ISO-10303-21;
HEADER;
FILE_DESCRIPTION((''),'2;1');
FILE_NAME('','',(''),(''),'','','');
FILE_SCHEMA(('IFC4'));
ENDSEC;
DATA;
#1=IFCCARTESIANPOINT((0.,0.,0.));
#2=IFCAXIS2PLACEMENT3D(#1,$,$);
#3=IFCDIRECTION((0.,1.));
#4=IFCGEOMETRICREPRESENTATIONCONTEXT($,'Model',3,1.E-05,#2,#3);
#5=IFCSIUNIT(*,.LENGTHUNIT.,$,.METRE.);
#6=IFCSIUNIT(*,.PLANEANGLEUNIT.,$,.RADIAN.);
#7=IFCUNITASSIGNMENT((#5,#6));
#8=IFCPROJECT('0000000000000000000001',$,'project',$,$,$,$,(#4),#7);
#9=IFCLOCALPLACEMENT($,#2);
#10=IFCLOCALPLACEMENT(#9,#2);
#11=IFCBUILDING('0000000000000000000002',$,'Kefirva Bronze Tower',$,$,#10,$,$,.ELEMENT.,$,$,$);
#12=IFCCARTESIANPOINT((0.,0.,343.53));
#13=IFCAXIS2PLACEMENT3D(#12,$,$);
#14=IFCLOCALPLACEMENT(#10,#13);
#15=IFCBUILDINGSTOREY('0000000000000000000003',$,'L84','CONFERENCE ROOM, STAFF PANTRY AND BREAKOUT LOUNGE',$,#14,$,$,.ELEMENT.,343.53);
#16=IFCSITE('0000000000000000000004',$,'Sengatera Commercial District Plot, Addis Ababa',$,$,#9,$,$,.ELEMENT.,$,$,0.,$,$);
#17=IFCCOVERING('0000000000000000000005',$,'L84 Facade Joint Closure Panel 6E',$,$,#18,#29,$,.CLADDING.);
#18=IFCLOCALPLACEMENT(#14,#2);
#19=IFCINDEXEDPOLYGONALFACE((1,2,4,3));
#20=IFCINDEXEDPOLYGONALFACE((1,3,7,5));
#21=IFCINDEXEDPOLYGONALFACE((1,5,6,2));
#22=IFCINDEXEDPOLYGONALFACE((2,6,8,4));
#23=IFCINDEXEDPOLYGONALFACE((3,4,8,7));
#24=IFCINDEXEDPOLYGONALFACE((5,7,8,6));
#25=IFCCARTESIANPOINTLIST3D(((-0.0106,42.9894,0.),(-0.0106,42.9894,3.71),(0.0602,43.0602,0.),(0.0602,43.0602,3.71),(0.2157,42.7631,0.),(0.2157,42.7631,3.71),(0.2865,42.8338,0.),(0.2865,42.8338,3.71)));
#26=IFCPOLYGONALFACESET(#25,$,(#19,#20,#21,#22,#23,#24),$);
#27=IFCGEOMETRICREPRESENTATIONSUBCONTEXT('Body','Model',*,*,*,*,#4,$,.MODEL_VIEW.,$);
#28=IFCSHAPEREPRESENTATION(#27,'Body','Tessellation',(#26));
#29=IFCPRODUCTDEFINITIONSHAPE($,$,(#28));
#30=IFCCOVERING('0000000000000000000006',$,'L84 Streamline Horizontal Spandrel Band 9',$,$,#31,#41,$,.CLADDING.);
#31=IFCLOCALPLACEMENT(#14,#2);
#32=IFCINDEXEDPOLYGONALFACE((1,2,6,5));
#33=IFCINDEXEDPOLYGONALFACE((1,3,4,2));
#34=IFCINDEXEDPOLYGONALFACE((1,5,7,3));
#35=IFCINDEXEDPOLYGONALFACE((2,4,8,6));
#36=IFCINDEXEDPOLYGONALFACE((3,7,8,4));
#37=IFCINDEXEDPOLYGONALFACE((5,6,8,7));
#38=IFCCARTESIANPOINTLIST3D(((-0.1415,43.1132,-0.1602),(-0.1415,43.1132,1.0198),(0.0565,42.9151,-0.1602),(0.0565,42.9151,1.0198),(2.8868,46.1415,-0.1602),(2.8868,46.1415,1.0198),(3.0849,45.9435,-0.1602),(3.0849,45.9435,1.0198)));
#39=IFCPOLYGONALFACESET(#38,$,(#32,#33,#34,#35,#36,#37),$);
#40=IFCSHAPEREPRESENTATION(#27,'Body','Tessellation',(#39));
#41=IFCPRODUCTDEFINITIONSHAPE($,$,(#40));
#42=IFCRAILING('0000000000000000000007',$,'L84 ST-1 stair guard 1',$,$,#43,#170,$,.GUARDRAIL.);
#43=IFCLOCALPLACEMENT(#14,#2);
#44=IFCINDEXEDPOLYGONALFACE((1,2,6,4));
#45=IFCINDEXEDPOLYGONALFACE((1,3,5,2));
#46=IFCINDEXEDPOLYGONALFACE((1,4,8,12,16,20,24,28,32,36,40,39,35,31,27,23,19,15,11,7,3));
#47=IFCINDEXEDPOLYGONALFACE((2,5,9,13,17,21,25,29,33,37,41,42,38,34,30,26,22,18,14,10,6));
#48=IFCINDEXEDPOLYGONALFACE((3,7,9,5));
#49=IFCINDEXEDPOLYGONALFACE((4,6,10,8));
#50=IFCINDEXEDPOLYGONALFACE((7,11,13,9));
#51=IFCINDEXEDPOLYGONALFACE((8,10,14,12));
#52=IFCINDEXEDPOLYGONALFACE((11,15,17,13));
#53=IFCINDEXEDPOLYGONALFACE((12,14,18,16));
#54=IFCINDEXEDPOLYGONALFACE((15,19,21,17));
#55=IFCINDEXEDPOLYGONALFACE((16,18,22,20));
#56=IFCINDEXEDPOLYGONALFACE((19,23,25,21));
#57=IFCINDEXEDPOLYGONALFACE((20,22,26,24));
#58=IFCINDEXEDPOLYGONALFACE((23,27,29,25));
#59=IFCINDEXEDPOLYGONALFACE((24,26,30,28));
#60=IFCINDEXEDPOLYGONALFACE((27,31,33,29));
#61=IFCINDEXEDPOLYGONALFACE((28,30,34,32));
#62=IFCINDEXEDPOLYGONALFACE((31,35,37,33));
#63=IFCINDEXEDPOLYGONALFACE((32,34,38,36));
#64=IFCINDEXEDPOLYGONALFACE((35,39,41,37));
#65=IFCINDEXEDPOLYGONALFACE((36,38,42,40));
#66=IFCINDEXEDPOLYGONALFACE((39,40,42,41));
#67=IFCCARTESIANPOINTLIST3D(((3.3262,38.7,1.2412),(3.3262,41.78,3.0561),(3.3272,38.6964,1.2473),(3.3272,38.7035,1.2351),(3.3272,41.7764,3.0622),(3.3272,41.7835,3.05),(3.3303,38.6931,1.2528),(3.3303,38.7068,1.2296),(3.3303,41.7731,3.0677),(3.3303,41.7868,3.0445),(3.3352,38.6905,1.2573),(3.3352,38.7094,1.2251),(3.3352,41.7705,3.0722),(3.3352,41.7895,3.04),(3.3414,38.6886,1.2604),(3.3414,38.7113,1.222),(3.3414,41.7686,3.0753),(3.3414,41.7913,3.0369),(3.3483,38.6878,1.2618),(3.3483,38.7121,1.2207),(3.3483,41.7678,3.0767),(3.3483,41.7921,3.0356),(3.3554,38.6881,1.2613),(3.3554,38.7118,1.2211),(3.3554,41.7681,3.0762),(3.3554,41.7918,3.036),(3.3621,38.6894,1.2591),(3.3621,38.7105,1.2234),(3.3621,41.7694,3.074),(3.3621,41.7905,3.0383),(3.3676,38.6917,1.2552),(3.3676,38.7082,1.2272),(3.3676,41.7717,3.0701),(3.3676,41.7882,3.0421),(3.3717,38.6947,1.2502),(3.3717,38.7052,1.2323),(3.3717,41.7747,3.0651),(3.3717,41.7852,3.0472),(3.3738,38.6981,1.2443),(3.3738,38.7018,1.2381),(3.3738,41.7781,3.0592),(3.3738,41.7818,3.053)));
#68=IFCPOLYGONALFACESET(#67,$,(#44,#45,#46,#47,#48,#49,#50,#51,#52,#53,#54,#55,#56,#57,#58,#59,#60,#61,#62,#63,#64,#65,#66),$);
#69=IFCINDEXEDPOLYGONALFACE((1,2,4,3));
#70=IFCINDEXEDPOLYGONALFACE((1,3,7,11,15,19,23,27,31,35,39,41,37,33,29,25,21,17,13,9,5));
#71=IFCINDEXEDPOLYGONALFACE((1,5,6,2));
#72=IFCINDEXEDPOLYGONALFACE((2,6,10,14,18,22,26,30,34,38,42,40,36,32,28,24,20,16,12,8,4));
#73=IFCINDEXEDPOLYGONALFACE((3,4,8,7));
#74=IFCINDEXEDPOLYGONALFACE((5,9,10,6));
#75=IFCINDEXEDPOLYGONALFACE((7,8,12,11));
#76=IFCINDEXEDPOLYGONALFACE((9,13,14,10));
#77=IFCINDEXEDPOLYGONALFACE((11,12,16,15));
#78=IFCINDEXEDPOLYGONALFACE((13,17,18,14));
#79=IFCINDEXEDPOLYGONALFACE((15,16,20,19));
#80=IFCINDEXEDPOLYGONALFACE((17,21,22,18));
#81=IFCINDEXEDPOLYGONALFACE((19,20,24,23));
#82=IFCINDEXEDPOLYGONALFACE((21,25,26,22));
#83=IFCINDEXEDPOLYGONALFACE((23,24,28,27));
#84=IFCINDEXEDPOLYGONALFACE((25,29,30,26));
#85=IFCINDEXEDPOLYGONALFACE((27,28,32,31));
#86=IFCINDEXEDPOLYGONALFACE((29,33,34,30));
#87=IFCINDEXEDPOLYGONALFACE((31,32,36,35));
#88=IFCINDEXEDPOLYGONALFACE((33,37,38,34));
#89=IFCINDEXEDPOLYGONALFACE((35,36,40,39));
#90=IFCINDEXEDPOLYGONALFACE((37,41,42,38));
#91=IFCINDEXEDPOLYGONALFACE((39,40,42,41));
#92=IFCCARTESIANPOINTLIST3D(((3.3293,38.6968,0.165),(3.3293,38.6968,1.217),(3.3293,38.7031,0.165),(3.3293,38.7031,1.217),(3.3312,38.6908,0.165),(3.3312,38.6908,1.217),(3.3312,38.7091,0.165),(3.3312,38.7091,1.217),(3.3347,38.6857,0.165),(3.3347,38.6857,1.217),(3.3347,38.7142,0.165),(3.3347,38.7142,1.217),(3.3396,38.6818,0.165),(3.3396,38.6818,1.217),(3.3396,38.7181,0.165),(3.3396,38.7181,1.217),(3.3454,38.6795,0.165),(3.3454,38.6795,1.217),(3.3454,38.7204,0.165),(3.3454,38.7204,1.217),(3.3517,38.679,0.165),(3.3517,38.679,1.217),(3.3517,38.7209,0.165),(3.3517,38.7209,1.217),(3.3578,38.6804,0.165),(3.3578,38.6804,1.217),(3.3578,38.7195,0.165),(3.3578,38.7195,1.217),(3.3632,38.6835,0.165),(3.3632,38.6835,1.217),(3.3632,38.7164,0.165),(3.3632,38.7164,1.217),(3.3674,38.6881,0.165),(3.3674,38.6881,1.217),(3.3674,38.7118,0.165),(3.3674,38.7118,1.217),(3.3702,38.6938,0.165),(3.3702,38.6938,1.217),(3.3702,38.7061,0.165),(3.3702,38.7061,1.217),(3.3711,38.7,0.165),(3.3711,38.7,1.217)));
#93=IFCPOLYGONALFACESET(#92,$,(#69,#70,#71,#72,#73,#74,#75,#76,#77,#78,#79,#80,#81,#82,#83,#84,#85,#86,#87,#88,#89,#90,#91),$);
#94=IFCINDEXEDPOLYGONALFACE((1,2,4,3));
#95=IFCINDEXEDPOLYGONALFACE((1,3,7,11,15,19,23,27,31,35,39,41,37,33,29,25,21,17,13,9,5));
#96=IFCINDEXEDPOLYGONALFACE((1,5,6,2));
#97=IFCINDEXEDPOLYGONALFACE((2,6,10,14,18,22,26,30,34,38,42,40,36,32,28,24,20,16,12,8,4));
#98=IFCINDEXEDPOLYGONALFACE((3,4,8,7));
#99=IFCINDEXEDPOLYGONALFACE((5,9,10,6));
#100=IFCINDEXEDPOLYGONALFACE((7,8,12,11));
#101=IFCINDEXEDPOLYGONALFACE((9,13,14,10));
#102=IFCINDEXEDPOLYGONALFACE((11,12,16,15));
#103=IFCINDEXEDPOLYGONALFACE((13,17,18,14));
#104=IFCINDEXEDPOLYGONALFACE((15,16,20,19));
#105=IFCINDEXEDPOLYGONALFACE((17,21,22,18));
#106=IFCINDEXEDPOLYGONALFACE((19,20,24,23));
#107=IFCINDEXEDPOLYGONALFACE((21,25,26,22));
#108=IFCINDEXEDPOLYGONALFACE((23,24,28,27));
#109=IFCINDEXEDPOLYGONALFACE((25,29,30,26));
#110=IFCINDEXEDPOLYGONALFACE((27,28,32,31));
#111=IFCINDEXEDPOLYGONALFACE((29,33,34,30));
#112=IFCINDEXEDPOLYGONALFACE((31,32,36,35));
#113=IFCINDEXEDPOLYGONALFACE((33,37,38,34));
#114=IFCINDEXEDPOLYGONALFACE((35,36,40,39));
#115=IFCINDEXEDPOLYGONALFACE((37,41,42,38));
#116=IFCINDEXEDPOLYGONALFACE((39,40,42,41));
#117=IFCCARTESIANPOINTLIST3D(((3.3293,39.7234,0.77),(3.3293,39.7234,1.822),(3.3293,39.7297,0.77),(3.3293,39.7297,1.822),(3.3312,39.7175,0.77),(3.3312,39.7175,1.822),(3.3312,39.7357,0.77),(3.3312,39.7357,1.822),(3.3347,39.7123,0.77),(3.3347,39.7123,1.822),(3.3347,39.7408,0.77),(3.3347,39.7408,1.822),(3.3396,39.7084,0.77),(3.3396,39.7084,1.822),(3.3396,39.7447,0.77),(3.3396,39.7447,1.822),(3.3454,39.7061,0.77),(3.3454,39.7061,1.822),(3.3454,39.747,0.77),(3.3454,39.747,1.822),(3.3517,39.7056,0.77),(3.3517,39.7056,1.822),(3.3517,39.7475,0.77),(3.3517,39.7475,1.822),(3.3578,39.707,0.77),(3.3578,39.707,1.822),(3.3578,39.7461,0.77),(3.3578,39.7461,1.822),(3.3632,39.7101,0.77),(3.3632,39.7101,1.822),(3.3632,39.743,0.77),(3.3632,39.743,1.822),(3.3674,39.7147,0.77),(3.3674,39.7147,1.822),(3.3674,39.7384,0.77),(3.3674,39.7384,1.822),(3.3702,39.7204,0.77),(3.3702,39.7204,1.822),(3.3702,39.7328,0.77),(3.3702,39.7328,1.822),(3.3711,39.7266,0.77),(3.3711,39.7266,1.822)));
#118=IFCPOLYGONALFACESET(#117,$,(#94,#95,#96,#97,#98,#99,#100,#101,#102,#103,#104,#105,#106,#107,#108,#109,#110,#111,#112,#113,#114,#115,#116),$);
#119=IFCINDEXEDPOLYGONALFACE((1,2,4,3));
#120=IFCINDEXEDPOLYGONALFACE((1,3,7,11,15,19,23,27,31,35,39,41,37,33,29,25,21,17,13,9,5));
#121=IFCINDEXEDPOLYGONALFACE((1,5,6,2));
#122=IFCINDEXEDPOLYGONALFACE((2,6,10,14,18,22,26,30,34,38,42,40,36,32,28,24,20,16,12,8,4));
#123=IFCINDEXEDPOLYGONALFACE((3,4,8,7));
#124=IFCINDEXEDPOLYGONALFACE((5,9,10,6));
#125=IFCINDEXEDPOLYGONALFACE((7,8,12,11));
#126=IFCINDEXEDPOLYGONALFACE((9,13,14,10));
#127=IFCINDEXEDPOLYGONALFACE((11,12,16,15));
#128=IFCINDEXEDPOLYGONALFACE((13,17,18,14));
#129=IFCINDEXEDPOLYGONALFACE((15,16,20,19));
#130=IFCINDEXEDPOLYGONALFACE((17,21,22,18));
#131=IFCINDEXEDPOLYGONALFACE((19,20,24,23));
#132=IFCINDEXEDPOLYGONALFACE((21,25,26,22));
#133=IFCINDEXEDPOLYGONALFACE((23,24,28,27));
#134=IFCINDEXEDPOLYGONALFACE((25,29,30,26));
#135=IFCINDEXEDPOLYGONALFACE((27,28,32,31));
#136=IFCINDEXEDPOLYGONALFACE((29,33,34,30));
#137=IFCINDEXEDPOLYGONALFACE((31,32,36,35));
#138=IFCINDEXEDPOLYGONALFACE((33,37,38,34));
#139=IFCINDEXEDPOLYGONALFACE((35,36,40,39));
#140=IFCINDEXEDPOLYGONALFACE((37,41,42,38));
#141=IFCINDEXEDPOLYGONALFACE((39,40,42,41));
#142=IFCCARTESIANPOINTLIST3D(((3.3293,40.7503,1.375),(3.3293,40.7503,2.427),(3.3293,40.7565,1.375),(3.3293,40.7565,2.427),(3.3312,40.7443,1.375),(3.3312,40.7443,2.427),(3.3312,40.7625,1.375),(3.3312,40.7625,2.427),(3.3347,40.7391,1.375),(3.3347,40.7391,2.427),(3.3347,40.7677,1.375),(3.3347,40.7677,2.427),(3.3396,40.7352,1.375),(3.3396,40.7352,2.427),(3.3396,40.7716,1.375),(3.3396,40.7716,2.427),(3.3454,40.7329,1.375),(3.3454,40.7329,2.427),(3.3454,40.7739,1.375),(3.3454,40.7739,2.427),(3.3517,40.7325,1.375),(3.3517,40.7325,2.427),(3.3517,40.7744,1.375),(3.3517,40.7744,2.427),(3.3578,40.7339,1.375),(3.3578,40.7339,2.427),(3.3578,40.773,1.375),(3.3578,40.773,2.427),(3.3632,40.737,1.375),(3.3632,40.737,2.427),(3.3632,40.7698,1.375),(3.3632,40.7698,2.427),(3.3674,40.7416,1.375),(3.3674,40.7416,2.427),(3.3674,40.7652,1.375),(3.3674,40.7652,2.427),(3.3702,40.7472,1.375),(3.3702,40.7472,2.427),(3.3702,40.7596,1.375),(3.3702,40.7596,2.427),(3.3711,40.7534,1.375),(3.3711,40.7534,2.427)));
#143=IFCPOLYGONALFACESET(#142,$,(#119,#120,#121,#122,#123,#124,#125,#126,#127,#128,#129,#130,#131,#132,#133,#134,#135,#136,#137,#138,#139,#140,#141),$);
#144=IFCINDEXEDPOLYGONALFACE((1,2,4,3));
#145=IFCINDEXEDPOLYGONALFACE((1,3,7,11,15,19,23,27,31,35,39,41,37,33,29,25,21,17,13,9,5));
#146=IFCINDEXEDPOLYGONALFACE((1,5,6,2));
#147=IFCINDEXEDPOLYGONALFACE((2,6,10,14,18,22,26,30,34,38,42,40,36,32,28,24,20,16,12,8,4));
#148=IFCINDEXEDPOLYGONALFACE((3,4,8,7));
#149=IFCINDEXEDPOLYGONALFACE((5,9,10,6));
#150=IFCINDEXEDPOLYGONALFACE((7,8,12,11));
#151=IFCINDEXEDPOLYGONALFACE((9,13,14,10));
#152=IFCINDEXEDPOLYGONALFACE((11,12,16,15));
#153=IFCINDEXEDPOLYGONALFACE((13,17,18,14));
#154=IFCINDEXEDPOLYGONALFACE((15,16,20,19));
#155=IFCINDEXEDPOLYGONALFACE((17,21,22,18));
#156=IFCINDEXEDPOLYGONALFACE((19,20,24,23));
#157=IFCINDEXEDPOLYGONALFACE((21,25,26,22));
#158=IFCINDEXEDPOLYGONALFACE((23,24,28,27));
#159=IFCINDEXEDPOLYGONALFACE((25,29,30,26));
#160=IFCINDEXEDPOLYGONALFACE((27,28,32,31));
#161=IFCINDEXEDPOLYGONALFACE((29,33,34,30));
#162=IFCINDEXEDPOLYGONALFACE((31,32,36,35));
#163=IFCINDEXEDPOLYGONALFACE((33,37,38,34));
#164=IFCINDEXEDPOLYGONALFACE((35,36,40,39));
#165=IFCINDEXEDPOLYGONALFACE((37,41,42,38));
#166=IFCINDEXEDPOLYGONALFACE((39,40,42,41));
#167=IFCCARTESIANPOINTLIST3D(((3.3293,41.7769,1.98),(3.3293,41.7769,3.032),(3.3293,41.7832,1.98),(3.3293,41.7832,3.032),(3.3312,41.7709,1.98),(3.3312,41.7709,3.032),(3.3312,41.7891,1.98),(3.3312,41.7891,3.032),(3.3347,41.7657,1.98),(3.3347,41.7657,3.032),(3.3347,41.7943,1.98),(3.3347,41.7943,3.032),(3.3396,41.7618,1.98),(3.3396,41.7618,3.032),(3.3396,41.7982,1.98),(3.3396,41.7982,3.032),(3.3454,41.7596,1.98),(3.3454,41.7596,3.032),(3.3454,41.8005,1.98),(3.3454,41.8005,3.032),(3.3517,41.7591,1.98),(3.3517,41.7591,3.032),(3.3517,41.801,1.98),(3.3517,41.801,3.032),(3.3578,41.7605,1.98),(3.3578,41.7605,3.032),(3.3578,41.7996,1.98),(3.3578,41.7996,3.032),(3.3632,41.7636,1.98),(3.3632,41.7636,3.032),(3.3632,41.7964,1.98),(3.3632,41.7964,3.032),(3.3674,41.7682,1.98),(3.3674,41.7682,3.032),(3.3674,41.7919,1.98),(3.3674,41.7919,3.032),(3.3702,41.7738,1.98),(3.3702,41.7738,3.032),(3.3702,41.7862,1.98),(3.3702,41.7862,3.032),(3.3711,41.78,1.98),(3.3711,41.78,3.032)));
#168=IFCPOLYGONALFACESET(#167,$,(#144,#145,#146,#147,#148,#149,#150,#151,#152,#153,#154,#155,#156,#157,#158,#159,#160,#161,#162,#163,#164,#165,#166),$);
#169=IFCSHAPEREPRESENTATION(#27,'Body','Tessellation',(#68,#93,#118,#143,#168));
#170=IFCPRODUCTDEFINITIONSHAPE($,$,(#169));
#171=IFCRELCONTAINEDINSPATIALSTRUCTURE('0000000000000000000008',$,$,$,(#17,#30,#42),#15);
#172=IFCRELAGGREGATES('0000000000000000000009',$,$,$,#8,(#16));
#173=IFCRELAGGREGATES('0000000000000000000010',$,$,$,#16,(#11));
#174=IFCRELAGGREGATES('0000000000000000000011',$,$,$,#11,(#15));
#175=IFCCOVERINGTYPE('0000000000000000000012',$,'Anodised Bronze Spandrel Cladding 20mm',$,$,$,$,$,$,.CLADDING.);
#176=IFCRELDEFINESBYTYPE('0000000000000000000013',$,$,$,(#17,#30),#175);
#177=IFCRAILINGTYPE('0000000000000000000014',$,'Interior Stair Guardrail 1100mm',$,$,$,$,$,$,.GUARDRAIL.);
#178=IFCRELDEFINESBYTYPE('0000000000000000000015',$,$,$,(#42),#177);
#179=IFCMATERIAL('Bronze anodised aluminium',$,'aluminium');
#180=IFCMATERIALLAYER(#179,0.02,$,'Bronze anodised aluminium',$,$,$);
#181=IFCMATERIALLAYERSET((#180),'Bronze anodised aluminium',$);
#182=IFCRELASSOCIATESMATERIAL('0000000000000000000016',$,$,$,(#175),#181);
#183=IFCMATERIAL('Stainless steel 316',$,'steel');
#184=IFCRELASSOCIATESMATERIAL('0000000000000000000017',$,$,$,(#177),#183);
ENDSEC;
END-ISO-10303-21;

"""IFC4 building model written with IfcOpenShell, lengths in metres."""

from ifc_helpers import new_model, si_unit, direction, frame, origin, origin_2d, place, context, subcontext, project, spatial, rectangle, circle, extrude, material, layer, layer_set, type_object, element, save


model = new_model("IFC4")

# Units and contexts
model_context = context("Model", 3, precision=1e-05, world=origin(), true_north=direction((0.0, 1.0)))
body_context = subcontext(model_context, "Body", "Model", "MODEL_VIEW")
ifc_project = project(units=[si_unit("LENGTHUNIT", "METRE"), si_unit("PLANEANGLEUNIT", "RADIAN")], contexts=[model_context])

# Site, building, storey
site_placement = place(None, origin())
site = spatial("IfcSite", under=ifc_project, at=site_placement, Name="Sengatera Commercial District Plot, Addis Ababa", CompositionType="ELEMENT", RefElevation=0.0)
building_placement = place(site_placement, origin())
building = spatial("IfcBuilding", under=site, at=building_placement, Name="Kefirva Bronze Tower", CompositionType="ELEMENT")
storey_placement = place(building_placement, frame((0.0, 0.0, 343.53)))
storey = spatial("IfcBuildingStorey", under=building, at=storey_placement, Name="L84", Description="CONFERENCE ROOM, STAFF PANTRY AND BREAKOUT LOUNGE", CompositionType="ELEMENT", Elevation=343.53)

# Coverings
ifc_material_1 = material(Name="Bronze anodised aluminium", Category="aluminium")
ifc_layer_1 = layer(ifc_material_1, 0.02, Name="Bronze anodised aluminium")
ifc_layer_set_1 = layer_set([ifc_layer_1], Name="Bronze anodised aluminium")
covering_type_1 = type_object("IfcCoveringType", Name="Anodised Bronze Spandrel Cladding 20mm", PredefinedType="CLADDING", material=ifc_layer_set_1)
for number, where, z_axis, x_axis, name in (
    (1, (0.1379, 42.9116, 0.0), (0.0, 0.0, 1.0), (-0.707107, -0.707107, 0.0), "L84 Facade Joint Closure Panel 6E"),
):
    element("IfcCovering", number, at=place(storey_placement, frame(where, z_axis=z_axis, x_axis=x_axis)), inside=storey, type_object=covering_type_1, Name=name, PredefinedType="CLADDING", context=body_context, shape_type="SweptSolid", body=[
        extrude(rectangle(XDim=0.1001, YDim=0.3201, at=origin_2d()), origin(), (0.0, 0.0, 1.0), 3.71),
    ])
covering_1_placement = place(storey_placement, frame((1.4717, 44.5283, -0.1602), z_axis=(0.0, 0.0, 1.0), x_axis=(-0.707107, -0.707107, 0.0)))
element("IfcCovering", 2, at=covering_1_placement, inside=storey, type_object=covering_type_1, Name="L84 Streamline Horizontal Spandrel Band 9", PredefinedType="CLADDING", context=body_context, shape_type="SweptSolid", body=[
    extrude(rectangle(XDim=4.2827, YDim=0.28, at=origin_2d()), origin(), (0.0, 0.0, 1.0), 1.1799),
])

# Railing
ifc_material_2 = material(Name="Stainless steel 316", Category="steel")
railing_type_1 = type_object("IfcRailingType", Name="Interior Stair Guardrail 1100mm", PredefinedType="GUARDRAIL", material=ifc_material_2)
railing_1_placement = place(storey_placement, frame((3.3501, 38.7, 0.165)))
element("IfcRailing", 3, at=railing_1_placement, inside=storey, type_object=railing_type_1, Name="L84 ST-1 stair guard 1", PredefinedType="GUARDRAIL", context=body_context, shape_type="SweptSolid", body=[
    extrude(circle(Radius=0.0239, at=origin_2d()), frame((0.0, 0.0, 1.0762), z_axis=(0.0, 0.861551, 0.507671), x_axis=(-1.0, 0.0, 0.0)), (0.0, 0.0, 1.0), 3.575),
    extrude(circle(Radius=0.021, at=origin_2d()), origin(), (0.0, 0.0, 1.0), 1.052),
    extrude(circle(Radius=0.021, at=origin_2d()), frame((0.0, 1.0266, 0.605)), (0.0, 0.0, 1.0), 1.052),
    extrude(circle(Radius=0.021, at=origin_2d()), frame((0.0, 2.0535, 1.21)), (0.0, 0.0, 1.0), 1.052),
    extrude(circle(Radius=0.021, at=origin_2d()), frame((0.0, 3.0801, 1.8149)), (0.0, 0.0, 1.0), 1.052),
])

save(model, "model.ifc")
